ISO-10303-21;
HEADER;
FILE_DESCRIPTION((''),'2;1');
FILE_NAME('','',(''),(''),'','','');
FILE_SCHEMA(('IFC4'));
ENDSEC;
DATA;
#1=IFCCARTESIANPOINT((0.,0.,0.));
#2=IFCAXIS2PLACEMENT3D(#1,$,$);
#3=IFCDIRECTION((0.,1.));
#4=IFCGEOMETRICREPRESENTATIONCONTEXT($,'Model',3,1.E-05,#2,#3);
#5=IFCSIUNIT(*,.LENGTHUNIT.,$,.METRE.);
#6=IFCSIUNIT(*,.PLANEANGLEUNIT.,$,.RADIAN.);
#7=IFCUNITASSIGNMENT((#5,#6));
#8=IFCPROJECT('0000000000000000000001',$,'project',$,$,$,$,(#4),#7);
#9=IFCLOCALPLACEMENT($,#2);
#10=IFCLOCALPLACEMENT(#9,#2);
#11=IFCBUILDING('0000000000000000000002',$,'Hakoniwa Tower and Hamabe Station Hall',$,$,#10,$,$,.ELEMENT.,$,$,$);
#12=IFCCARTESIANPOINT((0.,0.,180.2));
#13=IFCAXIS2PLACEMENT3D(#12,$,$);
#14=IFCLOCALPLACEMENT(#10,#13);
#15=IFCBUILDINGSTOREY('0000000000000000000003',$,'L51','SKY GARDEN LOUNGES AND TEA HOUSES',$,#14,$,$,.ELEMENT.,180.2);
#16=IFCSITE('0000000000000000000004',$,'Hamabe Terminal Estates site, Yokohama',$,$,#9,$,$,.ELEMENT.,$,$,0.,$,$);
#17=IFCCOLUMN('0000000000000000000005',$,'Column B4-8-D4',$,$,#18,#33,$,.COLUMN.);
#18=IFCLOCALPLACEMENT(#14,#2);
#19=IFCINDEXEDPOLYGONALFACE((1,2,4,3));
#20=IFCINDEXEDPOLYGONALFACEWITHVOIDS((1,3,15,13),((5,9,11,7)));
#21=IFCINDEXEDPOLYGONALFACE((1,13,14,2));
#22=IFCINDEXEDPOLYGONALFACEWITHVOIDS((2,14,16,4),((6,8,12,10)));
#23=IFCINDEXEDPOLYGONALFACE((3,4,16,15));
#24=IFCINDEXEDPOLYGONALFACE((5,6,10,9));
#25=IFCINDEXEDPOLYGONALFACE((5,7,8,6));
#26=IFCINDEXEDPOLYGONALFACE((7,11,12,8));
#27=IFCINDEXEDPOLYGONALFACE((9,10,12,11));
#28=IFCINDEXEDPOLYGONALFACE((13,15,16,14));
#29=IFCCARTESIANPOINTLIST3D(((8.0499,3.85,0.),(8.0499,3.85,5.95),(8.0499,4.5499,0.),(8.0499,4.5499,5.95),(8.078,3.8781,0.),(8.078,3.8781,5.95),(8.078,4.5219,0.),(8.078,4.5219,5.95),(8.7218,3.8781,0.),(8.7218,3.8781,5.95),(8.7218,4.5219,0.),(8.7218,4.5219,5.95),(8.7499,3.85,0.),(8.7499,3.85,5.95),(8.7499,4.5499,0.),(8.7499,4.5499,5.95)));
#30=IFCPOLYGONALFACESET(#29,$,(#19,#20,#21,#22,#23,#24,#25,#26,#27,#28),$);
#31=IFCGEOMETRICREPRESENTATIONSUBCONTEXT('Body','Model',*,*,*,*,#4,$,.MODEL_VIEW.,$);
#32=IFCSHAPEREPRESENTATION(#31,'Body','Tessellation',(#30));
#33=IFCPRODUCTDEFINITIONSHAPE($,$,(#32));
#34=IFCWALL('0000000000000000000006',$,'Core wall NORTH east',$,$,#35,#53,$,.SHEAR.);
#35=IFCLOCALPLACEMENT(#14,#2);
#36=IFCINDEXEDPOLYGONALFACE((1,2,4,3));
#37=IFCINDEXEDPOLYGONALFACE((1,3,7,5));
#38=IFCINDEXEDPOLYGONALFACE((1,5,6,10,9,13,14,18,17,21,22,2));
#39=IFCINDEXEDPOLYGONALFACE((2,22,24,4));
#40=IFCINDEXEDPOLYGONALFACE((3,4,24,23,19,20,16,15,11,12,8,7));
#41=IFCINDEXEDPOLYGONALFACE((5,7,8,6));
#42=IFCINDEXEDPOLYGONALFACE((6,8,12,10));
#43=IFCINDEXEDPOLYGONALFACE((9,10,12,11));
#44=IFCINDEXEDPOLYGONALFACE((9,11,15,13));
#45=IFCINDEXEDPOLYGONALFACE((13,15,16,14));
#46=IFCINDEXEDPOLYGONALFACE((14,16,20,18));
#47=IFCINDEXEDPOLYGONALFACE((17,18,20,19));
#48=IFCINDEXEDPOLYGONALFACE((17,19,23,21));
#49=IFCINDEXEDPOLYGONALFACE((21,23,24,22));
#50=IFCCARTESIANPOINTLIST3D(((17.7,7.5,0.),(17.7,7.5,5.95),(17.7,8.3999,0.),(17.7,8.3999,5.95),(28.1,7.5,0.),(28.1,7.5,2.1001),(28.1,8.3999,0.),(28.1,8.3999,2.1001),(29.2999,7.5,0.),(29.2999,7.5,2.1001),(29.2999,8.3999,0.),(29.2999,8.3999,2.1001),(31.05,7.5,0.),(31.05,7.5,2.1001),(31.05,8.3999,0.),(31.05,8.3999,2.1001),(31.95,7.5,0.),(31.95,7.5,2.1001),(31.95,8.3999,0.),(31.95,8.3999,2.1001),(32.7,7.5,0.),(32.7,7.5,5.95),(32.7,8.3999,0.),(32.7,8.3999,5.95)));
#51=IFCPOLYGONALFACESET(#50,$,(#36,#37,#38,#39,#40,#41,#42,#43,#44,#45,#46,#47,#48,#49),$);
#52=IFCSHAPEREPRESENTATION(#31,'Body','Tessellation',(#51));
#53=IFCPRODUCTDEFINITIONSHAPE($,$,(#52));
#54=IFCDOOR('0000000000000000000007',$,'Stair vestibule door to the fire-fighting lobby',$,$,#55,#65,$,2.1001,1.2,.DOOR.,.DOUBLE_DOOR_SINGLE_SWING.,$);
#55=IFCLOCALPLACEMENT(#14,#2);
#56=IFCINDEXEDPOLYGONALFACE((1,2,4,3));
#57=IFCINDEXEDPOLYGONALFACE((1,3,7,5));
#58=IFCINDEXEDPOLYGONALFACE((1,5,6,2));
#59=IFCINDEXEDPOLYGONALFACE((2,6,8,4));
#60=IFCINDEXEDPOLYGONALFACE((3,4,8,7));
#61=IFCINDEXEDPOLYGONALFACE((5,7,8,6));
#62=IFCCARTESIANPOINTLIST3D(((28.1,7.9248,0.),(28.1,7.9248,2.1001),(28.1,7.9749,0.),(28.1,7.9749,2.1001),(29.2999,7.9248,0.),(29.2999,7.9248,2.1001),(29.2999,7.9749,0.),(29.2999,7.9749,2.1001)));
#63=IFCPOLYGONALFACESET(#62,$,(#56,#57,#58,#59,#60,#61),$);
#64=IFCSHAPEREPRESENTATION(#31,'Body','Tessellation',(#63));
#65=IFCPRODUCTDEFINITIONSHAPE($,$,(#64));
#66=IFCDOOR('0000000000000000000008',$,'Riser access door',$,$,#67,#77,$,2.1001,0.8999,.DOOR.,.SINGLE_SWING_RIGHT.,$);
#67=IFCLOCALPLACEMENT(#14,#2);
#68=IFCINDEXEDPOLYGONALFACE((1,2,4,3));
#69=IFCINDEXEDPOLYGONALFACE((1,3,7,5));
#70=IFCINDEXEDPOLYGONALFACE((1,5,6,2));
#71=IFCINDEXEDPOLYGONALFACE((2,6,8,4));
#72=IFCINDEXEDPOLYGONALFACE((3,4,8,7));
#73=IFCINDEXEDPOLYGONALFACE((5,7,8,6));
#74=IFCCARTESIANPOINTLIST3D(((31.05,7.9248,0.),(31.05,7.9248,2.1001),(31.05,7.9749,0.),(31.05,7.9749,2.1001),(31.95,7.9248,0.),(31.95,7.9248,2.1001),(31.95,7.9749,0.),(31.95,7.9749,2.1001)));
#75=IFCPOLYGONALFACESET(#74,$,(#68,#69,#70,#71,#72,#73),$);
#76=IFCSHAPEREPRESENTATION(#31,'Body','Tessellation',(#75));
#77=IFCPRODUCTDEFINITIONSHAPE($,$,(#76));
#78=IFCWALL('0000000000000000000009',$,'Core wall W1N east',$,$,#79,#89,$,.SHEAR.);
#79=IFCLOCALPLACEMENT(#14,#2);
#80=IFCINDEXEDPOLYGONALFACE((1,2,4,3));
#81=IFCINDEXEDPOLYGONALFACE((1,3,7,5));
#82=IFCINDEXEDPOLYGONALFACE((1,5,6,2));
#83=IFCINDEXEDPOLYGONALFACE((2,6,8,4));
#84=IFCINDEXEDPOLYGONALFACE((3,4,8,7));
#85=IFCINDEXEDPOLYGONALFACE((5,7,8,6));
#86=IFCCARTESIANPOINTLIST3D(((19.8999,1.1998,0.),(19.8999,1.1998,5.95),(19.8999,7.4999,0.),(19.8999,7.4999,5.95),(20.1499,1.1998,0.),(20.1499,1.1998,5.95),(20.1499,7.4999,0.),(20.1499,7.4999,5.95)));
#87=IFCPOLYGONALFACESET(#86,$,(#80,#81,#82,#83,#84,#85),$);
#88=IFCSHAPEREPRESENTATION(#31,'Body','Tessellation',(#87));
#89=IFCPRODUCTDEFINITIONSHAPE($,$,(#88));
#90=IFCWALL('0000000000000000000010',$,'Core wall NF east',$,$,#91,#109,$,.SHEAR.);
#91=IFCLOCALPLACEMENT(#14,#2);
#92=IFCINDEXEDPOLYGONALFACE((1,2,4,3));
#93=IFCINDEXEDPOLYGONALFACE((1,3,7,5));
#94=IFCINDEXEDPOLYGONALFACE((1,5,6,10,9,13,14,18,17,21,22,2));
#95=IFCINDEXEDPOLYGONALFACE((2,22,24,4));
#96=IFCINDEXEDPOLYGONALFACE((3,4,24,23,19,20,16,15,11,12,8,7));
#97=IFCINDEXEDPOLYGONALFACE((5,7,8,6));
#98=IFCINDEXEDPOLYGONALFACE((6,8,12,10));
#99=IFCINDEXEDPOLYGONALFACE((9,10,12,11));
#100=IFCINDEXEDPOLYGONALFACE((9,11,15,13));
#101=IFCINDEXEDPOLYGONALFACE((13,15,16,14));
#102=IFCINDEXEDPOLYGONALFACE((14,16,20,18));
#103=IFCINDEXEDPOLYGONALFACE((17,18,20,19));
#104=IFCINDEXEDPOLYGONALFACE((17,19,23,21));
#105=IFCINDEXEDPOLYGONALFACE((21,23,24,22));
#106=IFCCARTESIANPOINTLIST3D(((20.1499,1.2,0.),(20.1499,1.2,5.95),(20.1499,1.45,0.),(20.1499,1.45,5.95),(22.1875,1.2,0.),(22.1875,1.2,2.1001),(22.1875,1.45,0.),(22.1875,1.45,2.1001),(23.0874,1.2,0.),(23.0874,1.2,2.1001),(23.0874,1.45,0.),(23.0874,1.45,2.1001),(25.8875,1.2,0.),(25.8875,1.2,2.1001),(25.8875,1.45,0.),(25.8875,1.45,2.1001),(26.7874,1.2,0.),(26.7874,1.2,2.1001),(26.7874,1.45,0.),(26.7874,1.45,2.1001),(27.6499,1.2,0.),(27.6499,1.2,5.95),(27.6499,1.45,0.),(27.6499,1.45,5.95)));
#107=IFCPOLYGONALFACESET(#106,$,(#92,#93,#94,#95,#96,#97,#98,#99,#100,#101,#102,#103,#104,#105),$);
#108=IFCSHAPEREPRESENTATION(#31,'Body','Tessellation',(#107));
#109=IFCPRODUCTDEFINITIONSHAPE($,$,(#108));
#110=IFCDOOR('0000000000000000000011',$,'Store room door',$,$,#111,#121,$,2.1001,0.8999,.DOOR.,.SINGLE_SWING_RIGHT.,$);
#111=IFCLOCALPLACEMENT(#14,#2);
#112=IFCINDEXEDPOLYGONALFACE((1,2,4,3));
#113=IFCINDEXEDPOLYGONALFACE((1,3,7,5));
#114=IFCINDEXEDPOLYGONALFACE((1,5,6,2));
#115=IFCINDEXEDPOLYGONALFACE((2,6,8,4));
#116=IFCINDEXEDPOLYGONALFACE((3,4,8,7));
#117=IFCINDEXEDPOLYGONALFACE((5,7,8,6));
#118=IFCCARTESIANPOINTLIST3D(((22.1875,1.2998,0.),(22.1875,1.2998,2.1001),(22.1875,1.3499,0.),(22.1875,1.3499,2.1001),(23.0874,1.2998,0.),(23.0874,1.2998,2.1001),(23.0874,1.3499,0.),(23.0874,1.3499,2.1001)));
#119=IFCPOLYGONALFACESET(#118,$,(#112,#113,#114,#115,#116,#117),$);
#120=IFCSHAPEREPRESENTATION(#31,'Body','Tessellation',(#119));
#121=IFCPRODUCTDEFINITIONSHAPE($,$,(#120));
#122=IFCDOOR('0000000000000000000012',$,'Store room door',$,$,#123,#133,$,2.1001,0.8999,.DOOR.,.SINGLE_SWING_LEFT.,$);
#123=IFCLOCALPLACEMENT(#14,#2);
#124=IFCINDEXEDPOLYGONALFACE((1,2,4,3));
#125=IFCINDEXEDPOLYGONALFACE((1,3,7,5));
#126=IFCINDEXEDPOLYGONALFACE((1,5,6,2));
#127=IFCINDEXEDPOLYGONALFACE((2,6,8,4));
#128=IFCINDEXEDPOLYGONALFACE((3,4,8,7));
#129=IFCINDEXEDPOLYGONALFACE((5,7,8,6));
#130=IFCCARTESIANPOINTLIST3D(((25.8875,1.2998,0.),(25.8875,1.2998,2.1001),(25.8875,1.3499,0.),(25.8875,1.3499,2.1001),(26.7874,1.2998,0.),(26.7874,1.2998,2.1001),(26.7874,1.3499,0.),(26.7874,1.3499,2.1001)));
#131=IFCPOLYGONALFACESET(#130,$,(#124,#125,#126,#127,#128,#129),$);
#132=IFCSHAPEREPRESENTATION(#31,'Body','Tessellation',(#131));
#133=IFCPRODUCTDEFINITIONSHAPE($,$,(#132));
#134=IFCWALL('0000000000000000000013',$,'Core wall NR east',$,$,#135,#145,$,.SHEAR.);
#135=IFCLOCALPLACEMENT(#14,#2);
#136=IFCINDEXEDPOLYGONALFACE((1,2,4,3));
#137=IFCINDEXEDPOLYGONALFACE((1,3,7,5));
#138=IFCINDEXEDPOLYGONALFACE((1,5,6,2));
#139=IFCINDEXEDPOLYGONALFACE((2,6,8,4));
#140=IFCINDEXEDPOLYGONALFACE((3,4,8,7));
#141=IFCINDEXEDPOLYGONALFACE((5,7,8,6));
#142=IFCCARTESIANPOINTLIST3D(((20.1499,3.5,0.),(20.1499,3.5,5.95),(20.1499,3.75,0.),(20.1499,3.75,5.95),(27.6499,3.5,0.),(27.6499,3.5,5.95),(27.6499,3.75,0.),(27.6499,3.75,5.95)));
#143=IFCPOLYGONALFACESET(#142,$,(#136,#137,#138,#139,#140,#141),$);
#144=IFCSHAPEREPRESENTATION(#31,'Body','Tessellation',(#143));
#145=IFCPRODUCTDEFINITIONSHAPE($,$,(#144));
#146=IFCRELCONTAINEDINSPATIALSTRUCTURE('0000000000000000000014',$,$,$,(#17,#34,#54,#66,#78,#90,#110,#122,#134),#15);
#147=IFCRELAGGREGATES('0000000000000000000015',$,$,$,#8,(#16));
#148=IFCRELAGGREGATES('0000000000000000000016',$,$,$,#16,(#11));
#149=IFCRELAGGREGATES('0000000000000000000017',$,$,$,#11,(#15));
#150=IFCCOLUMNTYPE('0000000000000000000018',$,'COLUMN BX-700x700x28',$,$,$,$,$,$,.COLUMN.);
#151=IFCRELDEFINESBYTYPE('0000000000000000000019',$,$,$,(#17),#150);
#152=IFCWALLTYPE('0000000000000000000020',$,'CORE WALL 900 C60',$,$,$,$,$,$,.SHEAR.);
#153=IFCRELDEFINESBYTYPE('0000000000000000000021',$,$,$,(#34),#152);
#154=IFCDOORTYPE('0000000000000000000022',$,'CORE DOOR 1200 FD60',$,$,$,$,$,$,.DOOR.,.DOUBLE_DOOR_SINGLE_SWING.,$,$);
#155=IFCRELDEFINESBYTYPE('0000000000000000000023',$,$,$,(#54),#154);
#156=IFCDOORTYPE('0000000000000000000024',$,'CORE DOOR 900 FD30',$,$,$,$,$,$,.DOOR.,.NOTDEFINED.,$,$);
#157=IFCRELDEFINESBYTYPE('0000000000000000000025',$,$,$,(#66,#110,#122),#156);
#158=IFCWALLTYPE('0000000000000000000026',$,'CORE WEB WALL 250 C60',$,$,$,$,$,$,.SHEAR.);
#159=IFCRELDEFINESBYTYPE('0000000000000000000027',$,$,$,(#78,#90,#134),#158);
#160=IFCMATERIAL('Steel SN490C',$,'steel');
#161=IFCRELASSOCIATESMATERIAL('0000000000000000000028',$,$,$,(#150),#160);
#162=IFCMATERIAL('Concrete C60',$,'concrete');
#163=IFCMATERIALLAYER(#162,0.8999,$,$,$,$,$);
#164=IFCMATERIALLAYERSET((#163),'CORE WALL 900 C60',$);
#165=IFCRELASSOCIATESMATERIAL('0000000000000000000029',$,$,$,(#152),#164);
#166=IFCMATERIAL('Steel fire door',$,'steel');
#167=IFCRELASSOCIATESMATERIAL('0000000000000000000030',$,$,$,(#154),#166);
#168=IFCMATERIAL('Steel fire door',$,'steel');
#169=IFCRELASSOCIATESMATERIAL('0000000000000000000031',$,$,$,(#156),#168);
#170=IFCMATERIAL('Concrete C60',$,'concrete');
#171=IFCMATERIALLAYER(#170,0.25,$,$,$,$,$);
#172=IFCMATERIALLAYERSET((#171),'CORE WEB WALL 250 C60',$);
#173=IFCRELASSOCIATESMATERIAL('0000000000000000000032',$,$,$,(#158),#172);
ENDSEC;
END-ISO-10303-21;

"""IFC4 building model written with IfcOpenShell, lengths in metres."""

from ifc_helpers import new_model, si_unit, direction, frame, frame_2d, origin, origin_2d, place, context, subcontext, project, spatial, rectangle, hollow_rectangle, extrude, material, layer, layer_set, material_profile, profile_set, type_object, element, fill, save


model = new_model("IFC4")

# Units and contexts
model_context = context("Model", 3, precision=1e-05, world=origin(), true_north=direction((0.0, 1.0)))
body_context = subcontext(model_context, "Body", "Model", "MODEL_VIEW")
ifc_project = project(units=[si_unit("LENGTHUNIT", "METRE"), si_unit("PLANEANGLEUNIT", "RADIAN")], contexts=[model_context])

# Site, building, storey
site_placement = place(None, origin())
site = spatial("IfcSite", under=ifc_project, at=site_placement, Name="Hamabe Terminal Estates site, Yokohama", CompositionType="ELEMENT", RefElevation=0.0)
building_placement = place(site_placement, origin())
building = spatial("IfcBuilding", under=site, at=building_placement, Name="Hakoniwa Tower and Hamabe Station Hall", CompositionType="ELEMENT")
storey_placement = place(building_placement, frame((0.0, 0.0, 180.2)))
storey = spatial("IfcBuildingStorey", under=building, at=storey_placement, Name="L51", Description="SKY GARDEN LOUNGES AND TEA HOUSES", CompositionType="ELEMENT", Elevation=180.2)

# Column
ifc_material_1 = material(Name="Steel SN490C", Category="steel")
ifc_material_profile = material_profile(ifc_material_1, hollow_rectangle(XDim=0.7, YDim=0.7, WallThickness=0.0281, at=origin_2d()), Name="BX-700x700x28")
ifc_profile_set = profile_set([ifc_material_profile], Name="Steel SN490C")
column_type = type_object("IfcColumnType", Name="COLUMN BX-700x700x28", PredefinedType="COLUMN", material=ifc_profile_set)
column_placement = place(storey_placement, frame((8.3999, 4.2, 0.0), z_axis=(0.0, 0.0, 1.0), x_axis=(1.0, 0.0, 0.0)))
element("IfcColumn", 1, at=column_placement, inside=storey, type_object=column_type, Name="Column B4-8-D4", PredefinedType="COLUMN", context=body_context, shape_type="SweptSolid", body=[
    extrude(hollow_rectangle(XDim=0.7, YDim=0.7, WallThickness=0.0281, at=origin_2d()), origin(), (0.0, 0.0, 1.0), 5.95),
])

# Wall, openings, doors
ifc_material_2 = material(Name="Concrete C60", Category="concrete")
ifc_layer_1 = layer(ifc_material_2, 0.8999)
ifc_layer_set_1 = layer_set([ifc_layer_1], Name="CORE WALL 900 C60")
wall_type_1 = type_object("IfcWallType", Name="CORE WALL 900 C60", PredefinedType="SHEAR", material=ifc_layer_set_1)
wall_1_placement = place(storey_placement, frame((17.7, 7.95, 0.0), z_axis=(0.0, 0.0, 1.0), x_axis=(1.0, 0.0, 0.0)))
wall_1 = element("IfcWall", 2, at=wall_1_placement, inside=storey, type_object=wall_type_1, Name="Core wall NORTH east", PredefinedType="SHEAR", context=body_context, shape_type="SweptSolid", body=[
    extrude(rectangle(XDim=15.0, YDim=0.8999, at=frame_2d((7.5, 0.0))), origin(), (0.0, 0.0, 1.0), 5.95),
])
opening_1_placement = place(wall_1_placement, frame((10.3999, 0.0, 0.0)))
opening_1 = element("IfcOpeningElement", 3, at=opening_1_placement, cuts=wall_1, PredefinedType="OPENING", context=body_context, shape_type="SweptSolid", body=[
    extrude(rectangle(XDim=1.2, YDim=2.1001, at=frame_2d((0.6001, 1.05))), frame((0.0, 0.46, 0.0), z_axis=(0.0, -1.0, 0.0), x_axis=(1.0, 0.0, 0.0)), (0.0, 0.0, 1.0), 0.9199),
])
opening_2_placement = place(wall_1_placement, frame((13.3501, 0.0, 0.0)))
opening_2 = element("IfcOpeningElement", 4, at=opening_2_placement, cuts=wall_1, PredefinedType="OPENING", context=body_context, shape_type="SweptSolid", body=[
    extrude(rectangle(XDim=0.8999, YDim=2.1001, at=frame_2d((0.45, 1.05))), frame((0.0, 0.46, 0.0), z_axis=(0.0, -1.0, 0.0), x_axis=(1.0, 0.0, 0.0)), (0.0, 0.0, 1.0), 0.9199),
])
ifc_material_3 = material(Name="Steel fire door", Category="steel")
door_type_1 = type_object("IfcDoorType", Name="CORE DOOR 1200 FD60", OperationType="DOUBLE_DOOR_SINGLE_SWING", PredefinedType="DOOR", material=ifc_material_3)
door_1_placement = place(opening_1_placement, origin())
door_1 = element("IfcDoor", 5, at=door_1_placement, inside=storey, type_object=door_type_1, Name="Stair vestibule door to the fire-fighting lobby", OperationType="DOUBLE_DOOR_SINGLE_SWING", OverallHeight=2.1001, OverallWidth=1.2, PredefinedType="DOOR", context=body_context, shape_type="SweptSolid", body=[
    extrude(rectangle(XDim=1.2, YDim=2.1001, at=frame_2d((0.6001, 1.05))), frame((0.0, 0.0249, 0.0), z_axis=(0.0, -1.0, 0.0), x_axis=(1.0, 0.0, 0.0)), (0.0, 0.0, 1.0), 0.05),
])
fill(opening_1, door_1)
ifc_material_4 = material(Name="Steel fire door", Category="steel")
door_type_2 = type_object("IfcDoorType", Name="CORE DOOR 900 FD30", OperationType="NOTDEFINED", PredefinedType="DOOR", material=ifc_material_4)
door_2_placement = place(opening_2_placement, origin())
door_2 = element("IfcDoor", 6, at=door_2_placement, inside=storey, type_object=door_type_2, Name="Riser access door", OperationType="SINGLE_SWING_RIGHT", OverallHeight=2.1001, OverallWidth=0.8999, PredefinedType="DOOR", context=body_context, shape_type="SweptSolid", body=[
    extrude(rectangle(XDim=0.8999, YDim=2.1001, at=frame_2d((0.45, 1.05))), frame((0.0, 0.0249, 0.0), z_axis=(0.0, -1.0, 0.0), x_axis=(1.0, 0.0, 0.0)), (0.0, 0.0, 1.0), 0.05),
])
fill(opening_2, door_2)

# Wall
ifc_material_5 = material(Name="Concrete C60", Category="concrete")
ifc_layer_2 = layer(ifc_material_5, 0.25)
ifc_layer_set_2 = layer_set([ifc_layer_2], Name="CORE WEB WALL 250 C60")
wall_type_2 = type_object("IfcWallType", Name="CORE WEB WALL 250 C60", PredefinedType="SHEAR", material=ifc_layer_set_2)
wall_2_placement = place(storey_placement, frame((20.0249, 1.2, 0.0), z_axis=(0.0, 0.0, 1.0), x_axis=(0.0, 1.0, 0.0)))
element("IfcWall", 7, at=wall_2_placement, inside=storey, type_object=wall_type_2, Name="Core wall W1N east", PredefinedType="SHEAR", context=body_context, shape_type="SweptSolid", body=[
    extrude(rectangle(XDim=6.3, YDim=0.25, at=frame_2d((3.1499, 0.0))), origin(), (0.0, 0.0, 1.0), 5.95),
])

# Wall, openings, doors
wall_3_placement = place(storey_placement, frame((20.1499, 1.325, 0.0), z_axis=(0.0, 0.0, 1.0), x_axis=(1.0, 0.0, 0.0)))
wall_3 = element("IfcWall", 8, at=wall_3_placement, inside=storey, type_object=wall_type_2, Name="Core wall NF east", PredefinedType="SHEAR", context=body_context, shape_type="SweptSolid", body=[
    extrude(rectangle(XDim=7.5, YDim=0.25, at=frame_2d((3.75, 0.0))), origin(), (0.0, 0.0, 1.0), 5.95),
])
opening_3_placement = place(wall_3_placement, frame((2.0376, 0.0, 0.0)))
opening_3 = element("IfcOpeningElement", 9, at=opening_3_placement, cuts=wall_3, PredefinedType="OPENING", context=body_context, shape_type="SweptSolid", body=[
    extrude(rectangle(XDim=0.8999, YDim=2.1001, at=frame_2d((0.45, 1.05))), frame((0.0, 0.135, 0.0), z_axis=(0.0, -1.0, 0.0), x_axis=(1.0, 0.0, 0.0)), (0.0, 0.0, 1.0), 0.27),
])
opening_4_placement = place(wall_3_placement, frame((5.7375, 0.0, 0.0)))
opening_4 = element("IfcOpeningElement", 10, at=opening_4_placement, cuts=wall_3, PredefinedType="OPENING", context=body_context, shape_type="SweptSolid", body=[
    extrude(rectangle(XDim=0.8999, YDim=2.1001, at=frame_2d((0.45, 1.05))), frame((0.0, 0.135, 0.0), z_axis=(0.0, -1.0, 0.0), x_axis=(1.0, 0.0, 0.0)), (0.0, 0.0, 1.0), 0.27),
])
door_3_placement = place(opening_3_placement, origin())
door_3 = element("IfcDoor", 11, at=door_3_placement, inside=storey, type_object=door_type_2, Name="Store room door", OperationType="SINGLE_SWING_RIGHT", OverallHeight=2.1001, OverallWidth=0.8999, PredefinedType="DOOR", context=body_context, shape_type="SweptSolid", body=[
    extrude(rectangle(XDim=0.8999, YDim=2.1001, at=frame_2d((0.45, 1.05))), frame((0.0, 0.0249, 0.0), z_axis=(0.0, -1.0, 0.0), x_axis=(1.0, 0.0, 0.0)), (0.0, 0.0, 1.0), 0.05),
])
fill(opening_3, door_3)
door_4_placement = place(opening_4_placement, origin())
door_4 = element("IfcDoor", 12, at=door_4_placement, inside=storey, type_object=door_type_2, Name="Store room door", OperationType="SINGLE_SWING_LEFT", OverallHeight=2.1001, OverallWidth=0.8999, PredefinedType="DOOR", context=body_context, shape_type="SweptSolid", body=[
    extrude(rectangle(XDim=0.8999, YDim=2.1001, at=frame_2d((0.45, 1.05))), frame((0.0, 0.0249, 0.0), z_axis=(0.0, -1.0, 0.0), x_axis=(1.0, 0.0, 0.0)), (0.0, 0.0, 1.0), 0.05),
])
fill(opening_4, door_4)

# Wall
wall_4_placement = place(storey_placement, frame((20.1499, 3.625, 0.0), z_axis=(0.0, 0.0, 1.0), x_axis=(1.0, 0.0, 0.0)))
element("IfcWall", 13, at=wall_4_placement, inside=storey, type_object=wall_type_2, Name="Core wall NR east", PredefinedType="SHEAR", context=body_context, shape_type="SweptSolid", body=[
    extrude(rectangle(XDim=7.5, YDim=0.25, at=frame_2d((3.75, 0.0))), origin(), (0.0, 0.0, 1.0), 5.95),
])

save(model, "model.ifc")
